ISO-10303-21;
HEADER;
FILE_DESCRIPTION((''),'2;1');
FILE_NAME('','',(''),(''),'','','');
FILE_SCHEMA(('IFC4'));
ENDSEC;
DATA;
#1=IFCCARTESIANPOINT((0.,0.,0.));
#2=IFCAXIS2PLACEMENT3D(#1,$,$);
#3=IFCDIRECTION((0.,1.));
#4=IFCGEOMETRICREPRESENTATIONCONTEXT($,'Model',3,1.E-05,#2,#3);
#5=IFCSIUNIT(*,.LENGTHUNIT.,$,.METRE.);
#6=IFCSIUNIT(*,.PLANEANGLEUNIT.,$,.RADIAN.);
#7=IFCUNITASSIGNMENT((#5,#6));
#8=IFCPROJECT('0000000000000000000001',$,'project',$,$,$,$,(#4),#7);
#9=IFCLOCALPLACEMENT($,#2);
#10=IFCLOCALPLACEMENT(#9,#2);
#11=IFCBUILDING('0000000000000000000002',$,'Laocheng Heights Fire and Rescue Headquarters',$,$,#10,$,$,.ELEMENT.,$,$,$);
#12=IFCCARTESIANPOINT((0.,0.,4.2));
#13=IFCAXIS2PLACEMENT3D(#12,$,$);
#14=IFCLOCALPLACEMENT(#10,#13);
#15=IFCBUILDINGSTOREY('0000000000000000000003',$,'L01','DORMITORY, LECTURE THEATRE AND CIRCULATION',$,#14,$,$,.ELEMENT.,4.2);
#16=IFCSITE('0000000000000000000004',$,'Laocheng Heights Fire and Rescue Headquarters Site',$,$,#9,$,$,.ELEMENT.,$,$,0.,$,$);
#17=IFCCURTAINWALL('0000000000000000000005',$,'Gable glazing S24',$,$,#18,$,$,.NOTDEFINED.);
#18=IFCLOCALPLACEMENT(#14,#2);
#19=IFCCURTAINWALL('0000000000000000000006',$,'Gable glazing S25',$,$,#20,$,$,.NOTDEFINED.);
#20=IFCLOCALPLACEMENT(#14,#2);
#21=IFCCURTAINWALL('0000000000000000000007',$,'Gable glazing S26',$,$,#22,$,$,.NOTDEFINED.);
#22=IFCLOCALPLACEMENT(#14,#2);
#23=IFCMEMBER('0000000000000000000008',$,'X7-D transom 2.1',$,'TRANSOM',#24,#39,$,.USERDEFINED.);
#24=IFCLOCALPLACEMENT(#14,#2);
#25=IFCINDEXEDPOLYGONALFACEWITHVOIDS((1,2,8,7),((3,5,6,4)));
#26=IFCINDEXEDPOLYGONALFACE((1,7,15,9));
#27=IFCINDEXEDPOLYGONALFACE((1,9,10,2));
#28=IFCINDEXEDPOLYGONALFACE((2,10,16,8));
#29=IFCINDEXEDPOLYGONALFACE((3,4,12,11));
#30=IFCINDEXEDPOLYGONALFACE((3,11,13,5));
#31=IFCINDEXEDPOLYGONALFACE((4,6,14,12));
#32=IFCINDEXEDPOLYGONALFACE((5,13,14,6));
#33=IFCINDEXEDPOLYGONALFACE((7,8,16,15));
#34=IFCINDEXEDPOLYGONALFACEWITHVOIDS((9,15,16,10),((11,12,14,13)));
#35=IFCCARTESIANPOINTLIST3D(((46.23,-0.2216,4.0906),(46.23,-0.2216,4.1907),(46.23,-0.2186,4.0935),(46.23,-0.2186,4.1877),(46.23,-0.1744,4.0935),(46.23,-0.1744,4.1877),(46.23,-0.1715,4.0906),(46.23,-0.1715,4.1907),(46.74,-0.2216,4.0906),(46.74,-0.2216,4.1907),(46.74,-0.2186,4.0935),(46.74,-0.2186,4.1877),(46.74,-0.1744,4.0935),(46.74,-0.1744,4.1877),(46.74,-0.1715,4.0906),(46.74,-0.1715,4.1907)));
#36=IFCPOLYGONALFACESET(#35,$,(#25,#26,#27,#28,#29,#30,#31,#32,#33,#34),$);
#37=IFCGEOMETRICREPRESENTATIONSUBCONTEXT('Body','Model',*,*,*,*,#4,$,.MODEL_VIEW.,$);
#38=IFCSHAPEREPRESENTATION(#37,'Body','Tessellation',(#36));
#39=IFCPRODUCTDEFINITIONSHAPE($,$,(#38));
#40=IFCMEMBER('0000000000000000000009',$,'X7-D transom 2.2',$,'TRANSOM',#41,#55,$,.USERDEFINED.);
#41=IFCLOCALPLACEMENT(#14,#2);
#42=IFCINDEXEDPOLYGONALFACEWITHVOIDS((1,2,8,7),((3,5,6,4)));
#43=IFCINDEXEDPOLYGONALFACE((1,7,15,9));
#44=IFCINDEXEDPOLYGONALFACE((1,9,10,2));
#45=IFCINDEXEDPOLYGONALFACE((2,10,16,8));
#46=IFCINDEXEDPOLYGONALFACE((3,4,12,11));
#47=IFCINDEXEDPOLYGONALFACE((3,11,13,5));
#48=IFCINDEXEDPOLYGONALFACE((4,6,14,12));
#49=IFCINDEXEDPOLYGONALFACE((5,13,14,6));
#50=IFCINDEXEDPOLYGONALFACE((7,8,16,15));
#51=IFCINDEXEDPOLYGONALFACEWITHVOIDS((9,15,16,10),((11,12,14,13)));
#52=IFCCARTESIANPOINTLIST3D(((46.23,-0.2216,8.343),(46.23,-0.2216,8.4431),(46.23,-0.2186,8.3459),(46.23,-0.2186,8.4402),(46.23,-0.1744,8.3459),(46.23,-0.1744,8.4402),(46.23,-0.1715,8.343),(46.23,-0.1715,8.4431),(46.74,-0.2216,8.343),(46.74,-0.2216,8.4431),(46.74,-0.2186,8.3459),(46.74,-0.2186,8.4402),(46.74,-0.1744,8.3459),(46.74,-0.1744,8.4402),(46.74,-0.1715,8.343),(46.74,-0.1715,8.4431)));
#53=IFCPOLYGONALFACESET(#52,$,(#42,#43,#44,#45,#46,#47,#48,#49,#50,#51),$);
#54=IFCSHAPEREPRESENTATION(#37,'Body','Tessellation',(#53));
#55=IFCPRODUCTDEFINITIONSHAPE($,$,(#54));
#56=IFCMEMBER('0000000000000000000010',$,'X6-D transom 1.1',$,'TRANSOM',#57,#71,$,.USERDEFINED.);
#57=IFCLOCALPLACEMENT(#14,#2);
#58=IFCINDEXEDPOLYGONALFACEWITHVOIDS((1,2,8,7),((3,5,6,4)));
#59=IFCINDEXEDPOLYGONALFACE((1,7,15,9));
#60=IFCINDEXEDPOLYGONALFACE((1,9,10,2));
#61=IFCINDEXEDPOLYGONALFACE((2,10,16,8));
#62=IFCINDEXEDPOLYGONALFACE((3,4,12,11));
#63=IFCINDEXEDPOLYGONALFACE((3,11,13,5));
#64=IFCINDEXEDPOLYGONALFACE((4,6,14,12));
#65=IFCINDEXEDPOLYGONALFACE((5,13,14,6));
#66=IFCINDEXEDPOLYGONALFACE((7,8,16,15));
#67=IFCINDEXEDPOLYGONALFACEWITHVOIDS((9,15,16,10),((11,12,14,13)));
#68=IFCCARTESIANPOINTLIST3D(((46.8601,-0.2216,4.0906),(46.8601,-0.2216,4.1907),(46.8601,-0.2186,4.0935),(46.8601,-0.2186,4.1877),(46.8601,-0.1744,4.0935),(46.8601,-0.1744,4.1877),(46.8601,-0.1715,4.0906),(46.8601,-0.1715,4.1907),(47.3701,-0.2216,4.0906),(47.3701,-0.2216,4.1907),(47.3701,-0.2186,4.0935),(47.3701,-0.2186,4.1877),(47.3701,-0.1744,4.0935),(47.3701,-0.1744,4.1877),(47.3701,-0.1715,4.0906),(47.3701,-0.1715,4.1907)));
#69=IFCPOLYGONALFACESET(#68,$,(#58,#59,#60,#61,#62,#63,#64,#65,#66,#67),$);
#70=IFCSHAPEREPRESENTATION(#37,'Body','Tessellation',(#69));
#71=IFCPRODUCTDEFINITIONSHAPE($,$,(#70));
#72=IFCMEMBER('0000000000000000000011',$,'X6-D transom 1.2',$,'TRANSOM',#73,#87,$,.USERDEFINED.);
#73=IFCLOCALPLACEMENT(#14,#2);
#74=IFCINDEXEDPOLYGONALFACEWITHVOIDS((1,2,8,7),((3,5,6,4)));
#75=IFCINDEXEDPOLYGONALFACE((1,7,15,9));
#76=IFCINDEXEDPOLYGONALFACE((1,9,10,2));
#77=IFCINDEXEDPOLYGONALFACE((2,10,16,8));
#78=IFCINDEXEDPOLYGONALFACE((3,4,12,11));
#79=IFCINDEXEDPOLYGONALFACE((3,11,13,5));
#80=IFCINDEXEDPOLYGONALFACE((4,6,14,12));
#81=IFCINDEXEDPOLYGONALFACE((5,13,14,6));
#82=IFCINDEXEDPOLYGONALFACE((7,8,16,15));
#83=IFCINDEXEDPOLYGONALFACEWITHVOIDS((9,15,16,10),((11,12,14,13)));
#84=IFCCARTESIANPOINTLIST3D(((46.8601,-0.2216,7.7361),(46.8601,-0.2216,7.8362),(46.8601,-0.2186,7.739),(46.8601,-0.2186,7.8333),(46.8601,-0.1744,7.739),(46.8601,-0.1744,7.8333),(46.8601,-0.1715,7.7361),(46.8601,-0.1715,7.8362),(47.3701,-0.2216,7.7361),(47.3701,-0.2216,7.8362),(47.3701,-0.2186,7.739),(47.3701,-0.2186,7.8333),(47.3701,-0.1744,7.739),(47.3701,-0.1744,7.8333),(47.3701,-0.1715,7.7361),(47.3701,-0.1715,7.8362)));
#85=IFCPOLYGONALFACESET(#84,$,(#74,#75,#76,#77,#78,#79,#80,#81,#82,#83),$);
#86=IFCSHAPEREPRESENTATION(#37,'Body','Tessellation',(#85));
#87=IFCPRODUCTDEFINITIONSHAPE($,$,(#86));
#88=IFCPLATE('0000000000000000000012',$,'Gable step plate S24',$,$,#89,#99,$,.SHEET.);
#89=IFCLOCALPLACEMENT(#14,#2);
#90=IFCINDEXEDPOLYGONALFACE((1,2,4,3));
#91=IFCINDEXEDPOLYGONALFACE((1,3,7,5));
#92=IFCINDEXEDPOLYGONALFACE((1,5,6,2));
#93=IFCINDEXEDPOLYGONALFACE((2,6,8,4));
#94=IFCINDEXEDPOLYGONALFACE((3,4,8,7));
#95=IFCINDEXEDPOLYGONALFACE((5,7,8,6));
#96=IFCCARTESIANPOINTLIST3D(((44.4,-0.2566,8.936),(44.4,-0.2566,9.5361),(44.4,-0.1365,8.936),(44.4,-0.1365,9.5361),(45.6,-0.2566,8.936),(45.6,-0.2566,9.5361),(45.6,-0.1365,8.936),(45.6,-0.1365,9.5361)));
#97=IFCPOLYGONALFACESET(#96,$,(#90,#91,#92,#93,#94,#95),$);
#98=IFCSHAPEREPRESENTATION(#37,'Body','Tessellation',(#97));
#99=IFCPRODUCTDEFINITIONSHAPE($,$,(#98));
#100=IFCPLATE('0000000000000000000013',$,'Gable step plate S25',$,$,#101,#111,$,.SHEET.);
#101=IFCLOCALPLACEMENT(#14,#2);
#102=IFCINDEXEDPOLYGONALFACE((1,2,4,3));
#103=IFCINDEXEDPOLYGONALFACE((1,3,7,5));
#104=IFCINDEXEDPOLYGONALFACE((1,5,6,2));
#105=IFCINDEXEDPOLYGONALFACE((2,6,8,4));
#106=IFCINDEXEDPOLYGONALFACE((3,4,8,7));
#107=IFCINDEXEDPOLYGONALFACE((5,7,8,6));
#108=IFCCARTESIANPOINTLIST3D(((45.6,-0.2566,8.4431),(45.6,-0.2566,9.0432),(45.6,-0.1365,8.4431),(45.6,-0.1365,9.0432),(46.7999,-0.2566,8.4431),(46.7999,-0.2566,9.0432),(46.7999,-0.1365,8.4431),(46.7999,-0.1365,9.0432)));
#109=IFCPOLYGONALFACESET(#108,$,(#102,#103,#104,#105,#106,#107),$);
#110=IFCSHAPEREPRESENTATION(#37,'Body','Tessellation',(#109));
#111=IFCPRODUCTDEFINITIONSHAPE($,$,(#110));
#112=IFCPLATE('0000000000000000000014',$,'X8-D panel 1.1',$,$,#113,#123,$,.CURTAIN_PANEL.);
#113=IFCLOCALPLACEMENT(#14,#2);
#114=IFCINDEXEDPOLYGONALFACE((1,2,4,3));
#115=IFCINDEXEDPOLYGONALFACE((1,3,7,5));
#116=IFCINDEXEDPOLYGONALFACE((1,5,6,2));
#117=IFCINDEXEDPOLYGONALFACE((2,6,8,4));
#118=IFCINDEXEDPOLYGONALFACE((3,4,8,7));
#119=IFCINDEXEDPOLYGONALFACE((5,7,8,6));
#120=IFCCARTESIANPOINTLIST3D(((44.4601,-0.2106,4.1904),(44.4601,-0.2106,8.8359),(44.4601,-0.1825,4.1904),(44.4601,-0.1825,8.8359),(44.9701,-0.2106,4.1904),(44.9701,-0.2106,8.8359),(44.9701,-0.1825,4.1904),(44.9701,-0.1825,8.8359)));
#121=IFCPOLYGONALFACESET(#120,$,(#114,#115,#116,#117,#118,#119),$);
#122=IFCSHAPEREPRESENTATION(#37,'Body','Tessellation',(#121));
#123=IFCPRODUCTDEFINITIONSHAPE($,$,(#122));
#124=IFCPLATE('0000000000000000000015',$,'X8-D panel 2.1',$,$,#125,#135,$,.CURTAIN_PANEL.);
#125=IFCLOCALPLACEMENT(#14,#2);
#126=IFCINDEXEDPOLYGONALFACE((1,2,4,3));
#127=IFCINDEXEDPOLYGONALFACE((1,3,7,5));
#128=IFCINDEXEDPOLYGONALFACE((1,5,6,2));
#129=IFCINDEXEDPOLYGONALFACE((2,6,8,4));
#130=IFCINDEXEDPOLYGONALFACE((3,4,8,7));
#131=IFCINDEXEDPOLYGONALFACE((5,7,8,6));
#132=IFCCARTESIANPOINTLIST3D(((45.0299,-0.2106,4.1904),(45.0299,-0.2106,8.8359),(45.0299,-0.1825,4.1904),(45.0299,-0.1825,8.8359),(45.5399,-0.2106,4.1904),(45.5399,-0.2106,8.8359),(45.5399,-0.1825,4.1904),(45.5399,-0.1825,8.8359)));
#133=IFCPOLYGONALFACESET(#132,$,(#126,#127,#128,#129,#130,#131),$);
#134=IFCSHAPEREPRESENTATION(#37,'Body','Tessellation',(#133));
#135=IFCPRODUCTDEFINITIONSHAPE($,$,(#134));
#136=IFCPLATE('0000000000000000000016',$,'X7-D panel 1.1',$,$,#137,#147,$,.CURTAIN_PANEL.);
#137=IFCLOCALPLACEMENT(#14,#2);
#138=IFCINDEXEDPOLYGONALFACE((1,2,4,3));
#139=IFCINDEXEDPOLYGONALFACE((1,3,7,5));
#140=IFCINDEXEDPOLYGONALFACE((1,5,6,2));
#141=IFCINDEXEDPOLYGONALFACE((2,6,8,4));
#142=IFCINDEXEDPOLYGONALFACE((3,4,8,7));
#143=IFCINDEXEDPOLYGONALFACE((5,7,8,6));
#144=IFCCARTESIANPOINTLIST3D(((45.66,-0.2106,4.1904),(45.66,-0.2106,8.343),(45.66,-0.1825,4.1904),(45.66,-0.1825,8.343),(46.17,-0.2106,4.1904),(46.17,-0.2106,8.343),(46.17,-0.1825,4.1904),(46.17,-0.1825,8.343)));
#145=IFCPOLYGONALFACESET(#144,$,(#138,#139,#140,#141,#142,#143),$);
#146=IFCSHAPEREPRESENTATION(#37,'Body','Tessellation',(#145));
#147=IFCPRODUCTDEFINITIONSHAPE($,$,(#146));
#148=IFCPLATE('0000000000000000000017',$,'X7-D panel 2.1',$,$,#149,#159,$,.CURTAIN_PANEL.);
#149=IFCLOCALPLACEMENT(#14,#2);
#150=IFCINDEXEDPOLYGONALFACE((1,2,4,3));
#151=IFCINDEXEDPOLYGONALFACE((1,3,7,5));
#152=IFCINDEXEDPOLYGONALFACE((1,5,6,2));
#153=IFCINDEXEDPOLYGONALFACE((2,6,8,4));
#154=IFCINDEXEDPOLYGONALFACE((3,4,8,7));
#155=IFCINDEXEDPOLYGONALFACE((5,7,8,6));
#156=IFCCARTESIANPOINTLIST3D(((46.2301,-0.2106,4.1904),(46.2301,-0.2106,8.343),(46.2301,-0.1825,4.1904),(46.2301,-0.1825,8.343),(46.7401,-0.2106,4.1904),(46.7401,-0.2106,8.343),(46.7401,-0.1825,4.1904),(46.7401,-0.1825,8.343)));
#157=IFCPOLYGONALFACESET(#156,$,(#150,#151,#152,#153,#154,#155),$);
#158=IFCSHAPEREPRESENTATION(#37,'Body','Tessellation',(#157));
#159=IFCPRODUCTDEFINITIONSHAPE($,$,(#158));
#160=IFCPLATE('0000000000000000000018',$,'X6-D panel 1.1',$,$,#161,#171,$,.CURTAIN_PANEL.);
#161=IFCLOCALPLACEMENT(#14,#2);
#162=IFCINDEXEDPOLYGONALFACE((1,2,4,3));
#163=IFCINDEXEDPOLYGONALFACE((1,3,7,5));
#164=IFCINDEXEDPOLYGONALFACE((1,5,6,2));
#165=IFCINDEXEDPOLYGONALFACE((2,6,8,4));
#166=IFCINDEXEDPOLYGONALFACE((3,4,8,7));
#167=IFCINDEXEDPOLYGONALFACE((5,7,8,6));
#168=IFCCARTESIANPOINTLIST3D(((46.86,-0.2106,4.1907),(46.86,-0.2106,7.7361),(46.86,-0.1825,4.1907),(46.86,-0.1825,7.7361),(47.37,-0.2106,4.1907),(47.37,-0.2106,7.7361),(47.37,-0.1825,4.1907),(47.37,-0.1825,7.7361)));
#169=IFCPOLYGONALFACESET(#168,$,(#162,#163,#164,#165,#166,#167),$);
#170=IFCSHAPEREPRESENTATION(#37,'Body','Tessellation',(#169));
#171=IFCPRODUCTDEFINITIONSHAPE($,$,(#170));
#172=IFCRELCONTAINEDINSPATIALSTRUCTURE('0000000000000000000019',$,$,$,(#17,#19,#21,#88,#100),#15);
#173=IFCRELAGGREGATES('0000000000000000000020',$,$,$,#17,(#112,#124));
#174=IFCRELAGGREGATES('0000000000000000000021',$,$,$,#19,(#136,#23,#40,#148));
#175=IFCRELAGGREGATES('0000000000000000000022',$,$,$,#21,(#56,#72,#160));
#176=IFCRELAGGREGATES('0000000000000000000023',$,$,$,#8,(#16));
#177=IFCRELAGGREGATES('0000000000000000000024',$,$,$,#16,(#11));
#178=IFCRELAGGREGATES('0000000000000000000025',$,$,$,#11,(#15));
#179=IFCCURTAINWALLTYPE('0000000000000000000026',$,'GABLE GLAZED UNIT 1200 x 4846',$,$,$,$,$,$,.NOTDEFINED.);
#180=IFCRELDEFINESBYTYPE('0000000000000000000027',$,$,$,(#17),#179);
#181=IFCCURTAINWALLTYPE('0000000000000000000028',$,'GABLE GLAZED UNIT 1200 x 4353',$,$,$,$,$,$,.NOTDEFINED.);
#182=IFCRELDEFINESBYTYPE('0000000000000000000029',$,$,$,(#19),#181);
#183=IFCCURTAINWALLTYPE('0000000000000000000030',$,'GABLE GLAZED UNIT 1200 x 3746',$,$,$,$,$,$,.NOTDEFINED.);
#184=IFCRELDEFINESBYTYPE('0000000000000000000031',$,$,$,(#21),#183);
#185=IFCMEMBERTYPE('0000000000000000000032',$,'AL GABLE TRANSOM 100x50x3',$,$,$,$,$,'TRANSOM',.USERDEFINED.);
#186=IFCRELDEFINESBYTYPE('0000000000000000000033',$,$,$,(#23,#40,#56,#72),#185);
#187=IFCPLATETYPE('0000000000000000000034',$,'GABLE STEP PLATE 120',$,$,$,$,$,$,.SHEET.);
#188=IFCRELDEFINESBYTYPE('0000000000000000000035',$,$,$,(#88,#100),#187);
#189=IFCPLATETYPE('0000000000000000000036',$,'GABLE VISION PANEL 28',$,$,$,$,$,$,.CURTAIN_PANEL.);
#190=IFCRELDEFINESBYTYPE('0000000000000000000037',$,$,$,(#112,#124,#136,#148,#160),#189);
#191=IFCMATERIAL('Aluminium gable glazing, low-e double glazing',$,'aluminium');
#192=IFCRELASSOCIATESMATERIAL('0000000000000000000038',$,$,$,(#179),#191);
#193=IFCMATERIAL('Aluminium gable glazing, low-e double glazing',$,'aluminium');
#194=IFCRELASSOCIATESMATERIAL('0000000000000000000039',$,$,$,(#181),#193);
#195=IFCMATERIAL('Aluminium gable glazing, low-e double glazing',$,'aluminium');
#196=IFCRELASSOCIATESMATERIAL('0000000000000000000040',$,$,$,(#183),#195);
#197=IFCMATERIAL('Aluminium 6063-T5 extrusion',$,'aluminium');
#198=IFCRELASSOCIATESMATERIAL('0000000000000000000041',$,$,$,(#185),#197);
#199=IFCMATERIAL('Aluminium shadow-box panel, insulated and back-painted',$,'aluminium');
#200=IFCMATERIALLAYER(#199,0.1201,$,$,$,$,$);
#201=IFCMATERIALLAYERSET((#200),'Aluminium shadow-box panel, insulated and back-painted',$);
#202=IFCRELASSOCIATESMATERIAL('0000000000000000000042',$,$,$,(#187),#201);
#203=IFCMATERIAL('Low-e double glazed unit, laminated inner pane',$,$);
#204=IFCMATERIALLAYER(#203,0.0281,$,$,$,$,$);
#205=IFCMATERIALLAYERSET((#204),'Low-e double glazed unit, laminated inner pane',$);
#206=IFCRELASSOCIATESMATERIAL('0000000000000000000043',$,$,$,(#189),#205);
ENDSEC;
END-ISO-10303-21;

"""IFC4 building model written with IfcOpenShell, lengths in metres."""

from ifc_helpers import new_model, si_unit, direction, frame, origin, origin_2d, place, context, subcontext, project, spatial, rectangle, hollow_rectangle, extrude, material, layer, layer_set, material_profile, profile_set, type_object, element, aggregate, save


model = new_model("IFC4")

# Units and contexts
model_context = context("Model", 3, precision=1e-05, world=origin(), true_north=direction((0.0, 1.0)))
body_context = subcontext(model_context, "Body", "Model", "MODEL_VIEW")
ifc_project = project(units=[si_unit("LENGTHUNIT", "METRE"), si_unit("PLANEANGLEUNIT", "RADIAN")], contexts=[model_context])

# Site, building, storey
site_placement = place(None, origin())
site = spatial("IfcSite", under=ifc_project, at=site_placement, Name="Laocheng Heights Fire and Rescue Headquarters Site", CompositionType="ELEMENT", RefElevation=0.0)
building_placement = place(site_placement, origin())
building = spatial("IfcBuilding", under=site, at=building_placement, Name="Laocheng Heights Fire and Rescue Headquarters", CompositionType="ELEMENT")
storey_placement = place(building_placement, frame((0.0, 0.0, 4.2)))
storey = spatial("IfcBuildingStorey", under=building, at=storey_placement, Name="L01", Description="DORMITORY, LECTURE THEATRE AND CIRCULATION", CompositionType="ELEMENT", Elevation=4.2)

# Curtain walls
ifc_material_1 = material(Name="Aluminium gable glazing, low-e double glazing", Category="aluminium")
curtain_wall_type_1 = type_object("IfcCurtainWallType", Name="GABLE GLAZED UNIT 1200 x 4846", PredefinedType="NOTDEFINED", material=ifc_material_1)
curtain_wall_1_placement = place(storey_placement, origin())
curtain_wall_1 = element("IfcCurtainWall", 1, at=curtain_wall_1_placement, inside=storey, type_object=curtain_wall_type_1, Name="Gable glazing S24", PredefinedType="NOTDEFINED")
ifc_material_2 = material(Name="Aluminium gable glazing, low-e double glazing", Category="aluminium")
curtain_wall_type_2 = type_object("IfcCurtainWallType", Name="GABLE GLAZED UNIT 1200 x 4353", PredefinedType="NOTDEFINED", material=ifc_material_2)
curtain_wall_2_placement = place(storey_placement, origin())
curtain_wall_2 = element("IfcCurtainWall", 2, at=curtain_wall_2_placement, inside=storey, type_object=curtain_wall_type_2, Name="Gable glazing S25", PredefinedType="NOTDEFINED")

# Curtain wall
ifc_material_3 = material(Name="Aluminium gable glazing, low-e double glazing", Category="aluminium")
curtain_wall_type_3 = type_object("IfcCurtainWallType", Name="GABLE GLAZED UNIT 1200 x 3746", PredefinedType="NOTDEFINED", material=ifc_material_3)
curtain_wall_3_placement = place(storey_placement, origin())
curtain_wall_3 = element("IfcCurtainWall", 3, at=curtain_wall_3_placement, inside=storey, type_object=curtain_wall_type_3, Name="Gable glazing S26", PredefinedType="NOTDEFINED")

# Members
ifc_material_4 = material(Name="Aluminium 6063-T5 extrusion", Category="aluminium")
ifc_material_profile_1 = material_profile(ifc_material_4, hollow_rectangle(XDim=0.05, YDim=0.1001, WallThickness=0.0029, at=origin_2d()), Name="AL TRANSOM 100x50x3")
ifc_profile_set_1 = profile_set([ifc_material_profile_1], Name="Aluminium 6063-T5 extrusion")
member_type_1 = type_object("IfcMemberType", Name="AL GABLE TRANSOM 100x50x3", ElementType="TRANSOM", PredefinedType="USERDEFINED", material=ifc_profile_set_1)
member_1_placement = place(storey_placement, frame((46.23, -0.1965, 4.1406), z_axis=(1.0, 0.0, 0.0), x_axis=(0.0, 1.0, 0.0)))
member_1 = element("IfcMember", 4, at=member_1_placement, type_object=member_type_1, Name="X7-D transom 2.1", ObjectType="TRANSOM", PredefinedType="USERDEFINED", context=body_context, shape_type="SweptSolid", body=[
    extrude(hollow_rectangle(XDim=0.05, YDim=0.1001, WallThickness=0.0029, at=origin_2d()), origin(), (0.0, 0.0, 1.0), 0.51),
])
member_2_placement = place(storey_placement, frame((46.23, -0.1965, 8.3931), z_axis=(1.0, 0.0, 0.0), x_axis=(0.0, 1.0, 0.0)))
member_2 = element("IfcMember", 5, at=member_2_placement, type_object=member_type_1, Name="X7-D transom 2.2", ObjectType="TRANSOM", PredefinedType="USERDEFINED", context=body_context, shape_type="SweptSolid", body=[
    extrude(hollow_rectangle(XDim=0.05, YDim=0.1001, WallThickness=0.0029, at=origin_2d()), origin(), (0.0, 0.0, 1.0), 0.51),
])
member_3_placement = place(storey_placement, frame((46.8601, -0.1965, 4.1406), z_axis=(1.0, 0.0, 0.0), x_axis=(0.0, 1.0, 0.0)))
member_3 = element("IfcMember", 6, at=member_3_placement, type_object=member_type_1, Name="X6-D transom 1.1", ObjectType="TRANSOM", PredefinedType="USERDEFINED", context=body_context, shape_type="SweptSolid", body=[
    extrude(hollow_rectangle(XDim=0.05, YDim=0.1001, WallThickness=0.0029, at=origin_2d()), origin(), (0.0, 0.0, 1.0), 0.51),
])
member_4_placement = place(storey_placement, frame((46.8601, -0.1965, 7.7861), z_axis=(1.0, 0.0, 0.0), x_axis=(0.0, 1.0, 0.0)))
member_4 = element("IfcMember", 7, at=member_4_placement, type_object=member_type_1, Name="X6-D transom 1.2", ObjectType="TRANSOM", PredefinedType="USERDEFINED", context=body_context, shape_type="SweptSolid", body=[
    extrude(hollow_rectangle(XDim=0.05, YDim=0.1001, WallThickness=0.0029, at=origin_2d()), origin(), (0.0, 0.0, 1.0), 0.51),
])

# Plates
ifc_material_5 = material(Name="Aluminium shadow-box panel, insulated and back-painted", Category="aluminium")
ifc_layer_1 = layer(ifc_material_5, 0.1201)
ifc_layer_set_1 = layer_set([ifc_layer_1], Name="Aluminium shadow-box panel, insulated and back-painted")
plate_type_1 = type_object("IfcPlateType", Name="GABLE STEP PLATE 120", PredefinedType="SHEET", material=ifc_layer_set_1)
for number, where, z_axis, x_axis, name in (
    (8, (45.0, -0.1965, 8.936), (0.0, 0.0, 1.0), (1.0, 0.0, 0.0), "Gable step plate S24"),
    (9, (46.2, -0.1965, 8.4431), (0.0, 0.0, 1.0), (1.0, 0.0, 0.0), "Gable step plate S25"),
):
    element("IfcPlate", number, at=place(storey_placement, frame(where, z_axis=z_axis, x_axis=x_axis)), inside=storey, type_object=plate_type_1, Name=name, PredefinedType="SHEET", context=body_context, shape_type="SweptSolid", body=[
        extrude(rectangle(XDim=1.2, YDim=0.1201, at=origin_2d()), origin(), (0.0, 0.0, 1.0), 0.6001),
    ])

# Plates
ifc_material_6 = material(Name="Low-e double glazed unit, laminated inner pane")
ifc_layer_2 = layer(ifc_material_6, 0.0281)
ifc_layer_set_2 = layer_set([ifc_layer_2], Name="Low-e double glazed unit, laminated inner pane")
plate_type_2 = type_object("IfcPlateType", Name="GABLE VISION PANEL 28", PredefinedType="CURTAIN_PANEL", material=ifc_layer_set_2)
plate_1_placement = place(storey_placement, frame((44.7151, -0.1965, 4.1904), z_axis=(0.0, 0.0, 1.0), x_axis=(1.0, 0.0, 0.0)))
plate_1 = element("IfcPlate", 10, at=plate_1_placement, type_object=plate_type_2, Name="X8-D panel 1.1", PredefinedType="CURTAIN_PANEL", context=body_context, shape_type="SweptSolid", body=[
    extrude(rectangle(XDim=0.51, YDim=0.0281, at=origin_2d()), origin(), (0.0, 0.0, 1.0), 4.6455),
])
plate_2_placement = place(storey_placement, frame((45.2849, -0.1965, 4.1904), z_axis=(0.0, 0.0, 1.0), x_axis=(1.0, 0.0, 0.0)))
plate_2 = element("IfcPlate", 11, at=plate_2_placement, type_object=plate_type_2, Name="X8-D panel 2.1", PredefinedType="CURTAIN_PANEL", context=body_context, shape_type="SweptSolid", body=[
    extrude(rectangle(XDim=0.51, YDim=0.0281, at=origin_2d()), origin(), (0.0, 0.0, 1.0), 4.6455),
])
aggregate(curtain_wall_1, [plate_1, plate_2])
plate_3_placement = place(storey_placement, frame((45.915, -0.1965, 4.1904), z_axis=(0.0, 0.0, 1.0), x_axis=(1.0, 0.0, 0.0)))
plate_3 = element("IfcPlate", 12, at=plate_3_placement, type_object=plate_type_2, Name="X7-D panel 1.1", PredefinedType="CURTAIN_PANEL", context=body_context, shape_type="SweptSolid", body=[
    extrude(rectangle(XDim=0.51, YDim=0.0281, at=origin_2d()), origin(), (0.0, 0.0, 1.0), 4.1526),
])
plate_4_placement = place(storey_placement, frame((46.4851, -0.1965, 4.1904), z_axis=(0.0, 0.0, 1.0), x_axis=(1.0, 0.0, 0.0)))
plate_4 = element("IfcPlate", 13, at=plate_4_placement, type_object=plate_type_2, Name="X7-D panel 2.1", PredefinedType="CURTAIN_PANEL", context=body_context, shape_type="SweptSolid", body=[
    extrude(rectangle(XDim=0.51, YDim=0.0281, at=origin_2d()), origin(), (0.0, 0.0, 1.0), 4.1526),
])
aggregate(curtain_wall_2, [plate_3, member_1, member_2, plate_4])
plate_5_placement = place(storey_placement, frame((47.115, -0.1965, 4.1907), z_axis=(0.0, 0.0, 1.0), x_axis=(1.0, 0.0, 0.0)))
plate_5 = element("IfcPlate", 14, at=plate_5_placement, type_object=plate_type_2, Name="X6-D panel 1.1", PredefinedType="CURTAIN_PANEL", context=body_context, shape_type="SweptSolid", body=[
    extrude(rectangle(XDim=0.51, YDim=0.0281, at=origin_2d()), origin(), (0.0, 0.0, 1.0), 3.5454),
])
aggregate(curtain_wall_3, [member_3, member_4, plate_5])

save(model, "model.ifc")
